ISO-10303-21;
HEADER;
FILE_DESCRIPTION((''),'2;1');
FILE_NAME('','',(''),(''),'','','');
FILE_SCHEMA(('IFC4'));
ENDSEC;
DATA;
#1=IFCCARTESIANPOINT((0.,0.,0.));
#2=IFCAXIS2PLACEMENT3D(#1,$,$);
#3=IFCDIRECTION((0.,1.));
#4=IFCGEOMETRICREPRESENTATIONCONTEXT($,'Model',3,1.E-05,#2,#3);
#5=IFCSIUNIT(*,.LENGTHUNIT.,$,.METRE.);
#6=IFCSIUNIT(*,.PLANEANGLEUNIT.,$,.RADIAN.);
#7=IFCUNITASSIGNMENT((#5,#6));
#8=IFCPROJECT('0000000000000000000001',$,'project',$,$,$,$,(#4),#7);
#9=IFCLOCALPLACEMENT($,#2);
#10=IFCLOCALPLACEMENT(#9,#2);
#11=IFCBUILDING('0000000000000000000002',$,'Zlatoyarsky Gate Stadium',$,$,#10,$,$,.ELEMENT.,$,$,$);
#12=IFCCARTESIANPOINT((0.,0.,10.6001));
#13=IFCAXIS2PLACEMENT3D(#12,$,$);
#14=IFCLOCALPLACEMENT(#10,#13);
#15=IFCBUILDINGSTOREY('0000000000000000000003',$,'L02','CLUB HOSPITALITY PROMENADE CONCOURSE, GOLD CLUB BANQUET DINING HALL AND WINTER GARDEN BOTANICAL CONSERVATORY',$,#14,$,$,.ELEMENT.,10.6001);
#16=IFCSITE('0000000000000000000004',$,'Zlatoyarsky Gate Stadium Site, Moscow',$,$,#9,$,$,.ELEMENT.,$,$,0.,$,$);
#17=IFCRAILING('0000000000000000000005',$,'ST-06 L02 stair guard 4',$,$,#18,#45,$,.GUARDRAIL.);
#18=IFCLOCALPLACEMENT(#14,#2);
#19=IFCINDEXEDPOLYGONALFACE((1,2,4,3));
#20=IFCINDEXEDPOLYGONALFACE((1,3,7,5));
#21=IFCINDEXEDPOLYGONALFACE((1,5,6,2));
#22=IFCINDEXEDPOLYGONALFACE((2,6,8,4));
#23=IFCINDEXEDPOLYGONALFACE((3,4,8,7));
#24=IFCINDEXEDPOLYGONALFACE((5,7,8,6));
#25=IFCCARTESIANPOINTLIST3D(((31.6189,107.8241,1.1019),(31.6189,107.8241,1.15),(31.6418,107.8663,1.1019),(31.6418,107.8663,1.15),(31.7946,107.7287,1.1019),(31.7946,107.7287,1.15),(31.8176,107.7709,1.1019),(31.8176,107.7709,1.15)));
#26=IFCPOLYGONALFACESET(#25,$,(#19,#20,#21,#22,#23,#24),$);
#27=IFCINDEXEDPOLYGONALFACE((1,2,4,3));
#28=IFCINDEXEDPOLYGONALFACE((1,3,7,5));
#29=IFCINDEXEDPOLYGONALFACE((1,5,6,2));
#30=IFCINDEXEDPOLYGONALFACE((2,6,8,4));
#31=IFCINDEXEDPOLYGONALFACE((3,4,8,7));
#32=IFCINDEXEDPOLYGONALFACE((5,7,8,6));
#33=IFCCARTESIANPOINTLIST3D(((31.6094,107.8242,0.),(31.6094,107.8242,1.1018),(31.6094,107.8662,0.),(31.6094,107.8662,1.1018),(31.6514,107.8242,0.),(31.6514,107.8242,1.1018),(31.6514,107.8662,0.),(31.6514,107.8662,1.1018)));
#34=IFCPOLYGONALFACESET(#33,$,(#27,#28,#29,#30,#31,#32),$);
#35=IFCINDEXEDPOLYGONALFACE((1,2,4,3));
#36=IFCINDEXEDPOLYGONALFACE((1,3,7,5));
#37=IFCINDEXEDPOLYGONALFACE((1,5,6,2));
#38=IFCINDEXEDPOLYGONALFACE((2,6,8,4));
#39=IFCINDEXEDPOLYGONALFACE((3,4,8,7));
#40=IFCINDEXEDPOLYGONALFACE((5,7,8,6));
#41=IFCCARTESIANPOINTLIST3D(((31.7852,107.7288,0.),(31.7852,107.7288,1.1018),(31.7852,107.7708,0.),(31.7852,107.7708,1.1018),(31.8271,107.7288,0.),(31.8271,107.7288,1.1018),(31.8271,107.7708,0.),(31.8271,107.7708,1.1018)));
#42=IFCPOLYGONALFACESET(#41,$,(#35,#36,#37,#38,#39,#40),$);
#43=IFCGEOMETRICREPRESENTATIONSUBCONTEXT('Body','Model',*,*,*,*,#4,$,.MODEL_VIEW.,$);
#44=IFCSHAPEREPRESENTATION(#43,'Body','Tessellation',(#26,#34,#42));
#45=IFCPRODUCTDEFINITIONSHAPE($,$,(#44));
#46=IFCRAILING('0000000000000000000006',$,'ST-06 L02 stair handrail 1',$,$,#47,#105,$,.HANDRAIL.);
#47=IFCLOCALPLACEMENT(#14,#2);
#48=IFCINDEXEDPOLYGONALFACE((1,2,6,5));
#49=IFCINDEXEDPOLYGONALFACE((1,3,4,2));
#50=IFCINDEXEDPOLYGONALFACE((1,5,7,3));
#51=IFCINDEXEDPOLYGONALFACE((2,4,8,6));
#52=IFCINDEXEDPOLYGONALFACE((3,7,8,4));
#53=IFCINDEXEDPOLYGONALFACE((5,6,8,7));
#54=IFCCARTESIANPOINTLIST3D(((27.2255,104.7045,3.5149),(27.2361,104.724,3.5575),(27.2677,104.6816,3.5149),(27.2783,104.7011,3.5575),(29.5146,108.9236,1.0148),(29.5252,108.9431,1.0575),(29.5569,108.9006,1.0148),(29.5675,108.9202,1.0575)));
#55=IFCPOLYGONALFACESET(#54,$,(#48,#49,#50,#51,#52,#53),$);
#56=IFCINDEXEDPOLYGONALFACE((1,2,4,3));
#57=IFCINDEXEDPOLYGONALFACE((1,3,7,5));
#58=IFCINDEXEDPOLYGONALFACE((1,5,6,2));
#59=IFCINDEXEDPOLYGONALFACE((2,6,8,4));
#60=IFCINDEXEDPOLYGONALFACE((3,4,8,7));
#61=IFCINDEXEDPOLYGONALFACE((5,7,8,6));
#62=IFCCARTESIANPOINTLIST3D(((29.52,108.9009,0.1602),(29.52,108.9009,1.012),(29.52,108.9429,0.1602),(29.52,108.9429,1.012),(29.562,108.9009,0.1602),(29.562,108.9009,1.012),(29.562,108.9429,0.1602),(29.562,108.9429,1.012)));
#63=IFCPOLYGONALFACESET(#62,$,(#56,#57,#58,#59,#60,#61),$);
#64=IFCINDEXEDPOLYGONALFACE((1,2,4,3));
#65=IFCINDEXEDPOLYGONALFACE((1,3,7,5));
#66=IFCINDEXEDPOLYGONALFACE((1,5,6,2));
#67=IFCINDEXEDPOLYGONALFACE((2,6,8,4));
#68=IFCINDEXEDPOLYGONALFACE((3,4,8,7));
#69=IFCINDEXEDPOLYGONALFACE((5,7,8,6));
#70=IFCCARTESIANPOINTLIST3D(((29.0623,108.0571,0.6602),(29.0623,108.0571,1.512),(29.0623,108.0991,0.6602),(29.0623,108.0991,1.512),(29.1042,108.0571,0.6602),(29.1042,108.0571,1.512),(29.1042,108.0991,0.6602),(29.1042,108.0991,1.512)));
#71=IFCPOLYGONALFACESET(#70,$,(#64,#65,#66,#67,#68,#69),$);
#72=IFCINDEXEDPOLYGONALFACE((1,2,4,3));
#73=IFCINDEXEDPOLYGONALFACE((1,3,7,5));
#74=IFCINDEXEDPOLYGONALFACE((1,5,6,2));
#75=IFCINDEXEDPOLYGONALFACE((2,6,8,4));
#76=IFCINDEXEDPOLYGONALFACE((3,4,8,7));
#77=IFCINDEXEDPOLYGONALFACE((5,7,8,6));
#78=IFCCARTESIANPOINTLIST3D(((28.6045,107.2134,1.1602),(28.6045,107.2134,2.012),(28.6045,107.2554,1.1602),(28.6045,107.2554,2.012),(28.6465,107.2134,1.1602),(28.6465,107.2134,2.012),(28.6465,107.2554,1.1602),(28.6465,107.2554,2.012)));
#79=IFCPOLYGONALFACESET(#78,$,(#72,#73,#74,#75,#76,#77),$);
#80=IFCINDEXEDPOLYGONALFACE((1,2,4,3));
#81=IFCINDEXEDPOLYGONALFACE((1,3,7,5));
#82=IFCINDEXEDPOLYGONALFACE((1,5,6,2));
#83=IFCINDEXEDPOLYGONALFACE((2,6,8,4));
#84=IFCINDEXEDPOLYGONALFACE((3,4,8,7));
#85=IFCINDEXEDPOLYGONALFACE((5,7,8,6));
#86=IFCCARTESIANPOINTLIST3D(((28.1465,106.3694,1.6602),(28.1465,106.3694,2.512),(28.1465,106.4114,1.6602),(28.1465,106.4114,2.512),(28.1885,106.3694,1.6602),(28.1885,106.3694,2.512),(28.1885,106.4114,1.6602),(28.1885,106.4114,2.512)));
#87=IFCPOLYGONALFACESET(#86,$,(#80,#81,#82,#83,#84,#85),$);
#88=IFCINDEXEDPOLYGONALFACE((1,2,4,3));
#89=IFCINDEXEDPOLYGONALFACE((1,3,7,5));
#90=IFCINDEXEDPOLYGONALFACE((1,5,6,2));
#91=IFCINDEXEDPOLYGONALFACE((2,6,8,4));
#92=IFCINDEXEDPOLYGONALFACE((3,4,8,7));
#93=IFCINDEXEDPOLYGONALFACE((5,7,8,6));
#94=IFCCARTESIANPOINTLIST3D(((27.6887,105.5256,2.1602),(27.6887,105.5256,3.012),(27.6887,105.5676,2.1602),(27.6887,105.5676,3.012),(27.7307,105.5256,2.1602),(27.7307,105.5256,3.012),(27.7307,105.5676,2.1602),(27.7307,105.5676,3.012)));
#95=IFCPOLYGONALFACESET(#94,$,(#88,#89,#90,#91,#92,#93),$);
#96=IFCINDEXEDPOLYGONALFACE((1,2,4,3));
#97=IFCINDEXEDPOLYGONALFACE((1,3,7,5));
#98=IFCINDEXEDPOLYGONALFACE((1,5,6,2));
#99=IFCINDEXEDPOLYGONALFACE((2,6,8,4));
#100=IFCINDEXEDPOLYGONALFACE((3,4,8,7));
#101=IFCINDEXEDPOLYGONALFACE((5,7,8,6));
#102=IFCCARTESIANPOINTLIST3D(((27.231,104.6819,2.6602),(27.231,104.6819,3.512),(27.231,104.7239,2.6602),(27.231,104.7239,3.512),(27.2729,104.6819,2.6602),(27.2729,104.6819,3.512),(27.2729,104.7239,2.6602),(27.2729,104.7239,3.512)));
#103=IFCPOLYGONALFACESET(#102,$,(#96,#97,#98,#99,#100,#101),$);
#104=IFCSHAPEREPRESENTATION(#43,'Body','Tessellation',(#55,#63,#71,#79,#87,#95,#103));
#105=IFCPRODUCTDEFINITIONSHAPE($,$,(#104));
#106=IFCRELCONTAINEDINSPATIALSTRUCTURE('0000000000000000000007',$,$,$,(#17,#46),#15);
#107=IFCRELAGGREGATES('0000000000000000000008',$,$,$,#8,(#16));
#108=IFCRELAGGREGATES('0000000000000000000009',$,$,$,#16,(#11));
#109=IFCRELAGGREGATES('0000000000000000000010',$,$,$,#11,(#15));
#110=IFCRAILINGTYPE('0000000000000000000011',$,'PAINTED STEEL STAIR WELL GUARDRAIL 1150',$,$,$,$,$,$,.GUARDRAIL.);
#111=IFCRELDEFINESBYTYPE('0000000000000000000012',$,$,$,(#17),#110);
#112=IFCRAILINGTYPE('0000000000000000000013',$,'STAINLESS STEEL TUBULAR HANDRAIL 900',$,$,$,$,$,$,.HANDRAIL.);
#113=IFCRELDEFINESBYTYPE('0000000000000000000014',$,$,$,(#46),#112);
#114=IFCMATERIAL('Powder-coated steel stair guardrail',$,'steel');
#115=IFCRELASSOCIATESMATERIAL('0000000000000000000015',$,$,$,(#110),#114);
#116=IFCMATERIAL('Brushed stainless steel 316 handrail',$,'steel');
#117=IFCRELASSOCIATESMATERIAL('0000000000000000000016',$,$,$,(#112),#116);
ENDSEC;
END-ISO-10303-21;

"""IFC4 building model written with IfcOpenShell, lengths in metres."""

from ifc_helpers import new_model, si_unit, direction, frame, origin, origin_2d, place, context, subcontext, project, spatial, rectangle, extrude, material, type_object, element, save


model = new_model("IFC4")

# Units and contexts
model_context = context("Model", 3, precision=1e-05, world=origin(), true_north=direction((0.0, 1.0)))
body_context = subcontext(model_context, "Body", "Model", "MODEL_VIEW")
ifc_project = project(units=[si_unit("LENGTHUNIT", "METRE"), si_unit("PLANEANGLEUNIT", "RADIAN")], contexts=[model_context])

# Site, building, storey
site_placement = place(None, origin())
site = spatial("IfcSite", under=ifc_project, at=site_placement, Name="Zlatoyarsky Gate Stadium Site, Moscow", CompositionType="ELEMENT", RefElevation=0.0)
building_placement = place(site_placement, origin())
building = spatial("IfcBuilding", under=site, at=building_placement, Name="Zlatoyarsky Gate Stadium", CompositionType="ELEMENT")
storey_placement = place(building_placement, frame((0.0, 0.0, 10.6001)))
storey = spatial("IfcBuildingStorey", under=building, at=storey_placement, Name="L02", Description="CLUB HOSPITALITY PROMENADE CONCOURSE, GOLD CLUB BANQUET DINING HALL AND WINTER GARDEN BOTANICAL CONSERVATORY", CompositionType="ELEMENT", Elevation=10.6001)

# Railings
ifc_material_1 = material(Name="Powder-coated steel stair guardrail", Category="steel")
railing_type_1 = type_object("IfcRailingType", Name="PAINTED STEEL STAIR WELL GUARDRAIL 1150", PredefinedType="GUARDRAIL", material=ifc_material_1)
railing_1_placement = place(storey_placement, frame((31.6304, 107.8452, 0.0)))
element("IfcRailing", 1, at=railing_1_placement, inside=storey, type_object=railing_type_1, Name="ST-06 L02 stair guard 4", PredefinedType="GUARDRAIL", context=body_context, shape_type="SweptSolid", body=[
    extrude(rectangle(XDim=0.0481, YDim=0.0481, at=origin_2d()), frame((0.0, 0.0, 1.126), z_axis=(0.87878, -0.477227, 0.0), x_axis=(0.477227, 0.87878, 0.0)), (0.0, 0.0, 1.0), 0.2),
    extrude(rectangle(XDim=0.042, YDim=0.042, at=origin_2d()), origin(), (0.0, 0.0, 1.0), 1.1018),
    extrude(rectangle(XDim=0.042, YDim=0.042, at=origin_2d()), frame((0.1758, -0.0955, 0.0)), (0.0, 0.0, 1.0), 1.1018),
])
ifc_material_2 = material(Name="Brushed stainless steel 316 handrail", Category="steel")
railing_type_2 = type_object("IfcRailingType", Name="STAINLESS STEEL TUBULAR HANDRAIL 900", PredefinedType="HANDRAIL", material=ifc_material_2)
railing_2_placement = place(storey_placement, frame((29.541, 108.9219, 0.1602)))
element("IfcRailing", 2, at=railing_2_placement, inside=storey, type_object=railing_type_2, Name="ST-06 L02 stair handrail 1", PredefinedType="HANDRAIL", context=body_context, shape_type="SweptSolid", body=[
    extrude(rectangle(XDim=0.0481, YDim=0.0481, at=origin_2d()), frame((0.0, 0.0, 0.876), z_axis=(-0.422961, -0.779563, 0.461937), x_axis=(0.878962, -0.476891, 0.0)), (0.0, 0.0, 1.0), 5.4121),
    extrude(rectangle(XDim=0.042, YDim=0.042, at=origin_2d()), origin(), (0.0, 0.0, 1.0), 0.8518),
    extrude(rectangle(XDim=0.042, YDim=0.042, at=origin_2d()), frame((-0.4578, -0.8438, 0.5)), (0.0, 0.0, 1.0), 0.8518),
    extrude(rectangle(XDim=0.042, YDim=0.042, at=origin_2d()), frame((-0.9155, -1.6875, 1.0)), (0.0, 0.0, 1.0), 0.8518),
    extrude(rectangle(XDim=0.042, YDim=0.042, at=origin_2d()), frame((-1.3735, -2.5315, 1.5)), (0.0, 0.0, 1.0), 0.8518),
    extrude(rectangle(XDim=0.042, YDim=0.042, at=origin_2d()), frame((-1.8313, -3.3752, 2.0)), (0.0, 0.0, 1.0), 0.8518),
    extrude(rectangle(XDim=0.042, YDim=0.042, at=origin_2d()), frame((-2.2891, -4.219, 2.5)), (0.0, 0.0, 1.0), 0.8518),
])

save(model, "model.ifc")
